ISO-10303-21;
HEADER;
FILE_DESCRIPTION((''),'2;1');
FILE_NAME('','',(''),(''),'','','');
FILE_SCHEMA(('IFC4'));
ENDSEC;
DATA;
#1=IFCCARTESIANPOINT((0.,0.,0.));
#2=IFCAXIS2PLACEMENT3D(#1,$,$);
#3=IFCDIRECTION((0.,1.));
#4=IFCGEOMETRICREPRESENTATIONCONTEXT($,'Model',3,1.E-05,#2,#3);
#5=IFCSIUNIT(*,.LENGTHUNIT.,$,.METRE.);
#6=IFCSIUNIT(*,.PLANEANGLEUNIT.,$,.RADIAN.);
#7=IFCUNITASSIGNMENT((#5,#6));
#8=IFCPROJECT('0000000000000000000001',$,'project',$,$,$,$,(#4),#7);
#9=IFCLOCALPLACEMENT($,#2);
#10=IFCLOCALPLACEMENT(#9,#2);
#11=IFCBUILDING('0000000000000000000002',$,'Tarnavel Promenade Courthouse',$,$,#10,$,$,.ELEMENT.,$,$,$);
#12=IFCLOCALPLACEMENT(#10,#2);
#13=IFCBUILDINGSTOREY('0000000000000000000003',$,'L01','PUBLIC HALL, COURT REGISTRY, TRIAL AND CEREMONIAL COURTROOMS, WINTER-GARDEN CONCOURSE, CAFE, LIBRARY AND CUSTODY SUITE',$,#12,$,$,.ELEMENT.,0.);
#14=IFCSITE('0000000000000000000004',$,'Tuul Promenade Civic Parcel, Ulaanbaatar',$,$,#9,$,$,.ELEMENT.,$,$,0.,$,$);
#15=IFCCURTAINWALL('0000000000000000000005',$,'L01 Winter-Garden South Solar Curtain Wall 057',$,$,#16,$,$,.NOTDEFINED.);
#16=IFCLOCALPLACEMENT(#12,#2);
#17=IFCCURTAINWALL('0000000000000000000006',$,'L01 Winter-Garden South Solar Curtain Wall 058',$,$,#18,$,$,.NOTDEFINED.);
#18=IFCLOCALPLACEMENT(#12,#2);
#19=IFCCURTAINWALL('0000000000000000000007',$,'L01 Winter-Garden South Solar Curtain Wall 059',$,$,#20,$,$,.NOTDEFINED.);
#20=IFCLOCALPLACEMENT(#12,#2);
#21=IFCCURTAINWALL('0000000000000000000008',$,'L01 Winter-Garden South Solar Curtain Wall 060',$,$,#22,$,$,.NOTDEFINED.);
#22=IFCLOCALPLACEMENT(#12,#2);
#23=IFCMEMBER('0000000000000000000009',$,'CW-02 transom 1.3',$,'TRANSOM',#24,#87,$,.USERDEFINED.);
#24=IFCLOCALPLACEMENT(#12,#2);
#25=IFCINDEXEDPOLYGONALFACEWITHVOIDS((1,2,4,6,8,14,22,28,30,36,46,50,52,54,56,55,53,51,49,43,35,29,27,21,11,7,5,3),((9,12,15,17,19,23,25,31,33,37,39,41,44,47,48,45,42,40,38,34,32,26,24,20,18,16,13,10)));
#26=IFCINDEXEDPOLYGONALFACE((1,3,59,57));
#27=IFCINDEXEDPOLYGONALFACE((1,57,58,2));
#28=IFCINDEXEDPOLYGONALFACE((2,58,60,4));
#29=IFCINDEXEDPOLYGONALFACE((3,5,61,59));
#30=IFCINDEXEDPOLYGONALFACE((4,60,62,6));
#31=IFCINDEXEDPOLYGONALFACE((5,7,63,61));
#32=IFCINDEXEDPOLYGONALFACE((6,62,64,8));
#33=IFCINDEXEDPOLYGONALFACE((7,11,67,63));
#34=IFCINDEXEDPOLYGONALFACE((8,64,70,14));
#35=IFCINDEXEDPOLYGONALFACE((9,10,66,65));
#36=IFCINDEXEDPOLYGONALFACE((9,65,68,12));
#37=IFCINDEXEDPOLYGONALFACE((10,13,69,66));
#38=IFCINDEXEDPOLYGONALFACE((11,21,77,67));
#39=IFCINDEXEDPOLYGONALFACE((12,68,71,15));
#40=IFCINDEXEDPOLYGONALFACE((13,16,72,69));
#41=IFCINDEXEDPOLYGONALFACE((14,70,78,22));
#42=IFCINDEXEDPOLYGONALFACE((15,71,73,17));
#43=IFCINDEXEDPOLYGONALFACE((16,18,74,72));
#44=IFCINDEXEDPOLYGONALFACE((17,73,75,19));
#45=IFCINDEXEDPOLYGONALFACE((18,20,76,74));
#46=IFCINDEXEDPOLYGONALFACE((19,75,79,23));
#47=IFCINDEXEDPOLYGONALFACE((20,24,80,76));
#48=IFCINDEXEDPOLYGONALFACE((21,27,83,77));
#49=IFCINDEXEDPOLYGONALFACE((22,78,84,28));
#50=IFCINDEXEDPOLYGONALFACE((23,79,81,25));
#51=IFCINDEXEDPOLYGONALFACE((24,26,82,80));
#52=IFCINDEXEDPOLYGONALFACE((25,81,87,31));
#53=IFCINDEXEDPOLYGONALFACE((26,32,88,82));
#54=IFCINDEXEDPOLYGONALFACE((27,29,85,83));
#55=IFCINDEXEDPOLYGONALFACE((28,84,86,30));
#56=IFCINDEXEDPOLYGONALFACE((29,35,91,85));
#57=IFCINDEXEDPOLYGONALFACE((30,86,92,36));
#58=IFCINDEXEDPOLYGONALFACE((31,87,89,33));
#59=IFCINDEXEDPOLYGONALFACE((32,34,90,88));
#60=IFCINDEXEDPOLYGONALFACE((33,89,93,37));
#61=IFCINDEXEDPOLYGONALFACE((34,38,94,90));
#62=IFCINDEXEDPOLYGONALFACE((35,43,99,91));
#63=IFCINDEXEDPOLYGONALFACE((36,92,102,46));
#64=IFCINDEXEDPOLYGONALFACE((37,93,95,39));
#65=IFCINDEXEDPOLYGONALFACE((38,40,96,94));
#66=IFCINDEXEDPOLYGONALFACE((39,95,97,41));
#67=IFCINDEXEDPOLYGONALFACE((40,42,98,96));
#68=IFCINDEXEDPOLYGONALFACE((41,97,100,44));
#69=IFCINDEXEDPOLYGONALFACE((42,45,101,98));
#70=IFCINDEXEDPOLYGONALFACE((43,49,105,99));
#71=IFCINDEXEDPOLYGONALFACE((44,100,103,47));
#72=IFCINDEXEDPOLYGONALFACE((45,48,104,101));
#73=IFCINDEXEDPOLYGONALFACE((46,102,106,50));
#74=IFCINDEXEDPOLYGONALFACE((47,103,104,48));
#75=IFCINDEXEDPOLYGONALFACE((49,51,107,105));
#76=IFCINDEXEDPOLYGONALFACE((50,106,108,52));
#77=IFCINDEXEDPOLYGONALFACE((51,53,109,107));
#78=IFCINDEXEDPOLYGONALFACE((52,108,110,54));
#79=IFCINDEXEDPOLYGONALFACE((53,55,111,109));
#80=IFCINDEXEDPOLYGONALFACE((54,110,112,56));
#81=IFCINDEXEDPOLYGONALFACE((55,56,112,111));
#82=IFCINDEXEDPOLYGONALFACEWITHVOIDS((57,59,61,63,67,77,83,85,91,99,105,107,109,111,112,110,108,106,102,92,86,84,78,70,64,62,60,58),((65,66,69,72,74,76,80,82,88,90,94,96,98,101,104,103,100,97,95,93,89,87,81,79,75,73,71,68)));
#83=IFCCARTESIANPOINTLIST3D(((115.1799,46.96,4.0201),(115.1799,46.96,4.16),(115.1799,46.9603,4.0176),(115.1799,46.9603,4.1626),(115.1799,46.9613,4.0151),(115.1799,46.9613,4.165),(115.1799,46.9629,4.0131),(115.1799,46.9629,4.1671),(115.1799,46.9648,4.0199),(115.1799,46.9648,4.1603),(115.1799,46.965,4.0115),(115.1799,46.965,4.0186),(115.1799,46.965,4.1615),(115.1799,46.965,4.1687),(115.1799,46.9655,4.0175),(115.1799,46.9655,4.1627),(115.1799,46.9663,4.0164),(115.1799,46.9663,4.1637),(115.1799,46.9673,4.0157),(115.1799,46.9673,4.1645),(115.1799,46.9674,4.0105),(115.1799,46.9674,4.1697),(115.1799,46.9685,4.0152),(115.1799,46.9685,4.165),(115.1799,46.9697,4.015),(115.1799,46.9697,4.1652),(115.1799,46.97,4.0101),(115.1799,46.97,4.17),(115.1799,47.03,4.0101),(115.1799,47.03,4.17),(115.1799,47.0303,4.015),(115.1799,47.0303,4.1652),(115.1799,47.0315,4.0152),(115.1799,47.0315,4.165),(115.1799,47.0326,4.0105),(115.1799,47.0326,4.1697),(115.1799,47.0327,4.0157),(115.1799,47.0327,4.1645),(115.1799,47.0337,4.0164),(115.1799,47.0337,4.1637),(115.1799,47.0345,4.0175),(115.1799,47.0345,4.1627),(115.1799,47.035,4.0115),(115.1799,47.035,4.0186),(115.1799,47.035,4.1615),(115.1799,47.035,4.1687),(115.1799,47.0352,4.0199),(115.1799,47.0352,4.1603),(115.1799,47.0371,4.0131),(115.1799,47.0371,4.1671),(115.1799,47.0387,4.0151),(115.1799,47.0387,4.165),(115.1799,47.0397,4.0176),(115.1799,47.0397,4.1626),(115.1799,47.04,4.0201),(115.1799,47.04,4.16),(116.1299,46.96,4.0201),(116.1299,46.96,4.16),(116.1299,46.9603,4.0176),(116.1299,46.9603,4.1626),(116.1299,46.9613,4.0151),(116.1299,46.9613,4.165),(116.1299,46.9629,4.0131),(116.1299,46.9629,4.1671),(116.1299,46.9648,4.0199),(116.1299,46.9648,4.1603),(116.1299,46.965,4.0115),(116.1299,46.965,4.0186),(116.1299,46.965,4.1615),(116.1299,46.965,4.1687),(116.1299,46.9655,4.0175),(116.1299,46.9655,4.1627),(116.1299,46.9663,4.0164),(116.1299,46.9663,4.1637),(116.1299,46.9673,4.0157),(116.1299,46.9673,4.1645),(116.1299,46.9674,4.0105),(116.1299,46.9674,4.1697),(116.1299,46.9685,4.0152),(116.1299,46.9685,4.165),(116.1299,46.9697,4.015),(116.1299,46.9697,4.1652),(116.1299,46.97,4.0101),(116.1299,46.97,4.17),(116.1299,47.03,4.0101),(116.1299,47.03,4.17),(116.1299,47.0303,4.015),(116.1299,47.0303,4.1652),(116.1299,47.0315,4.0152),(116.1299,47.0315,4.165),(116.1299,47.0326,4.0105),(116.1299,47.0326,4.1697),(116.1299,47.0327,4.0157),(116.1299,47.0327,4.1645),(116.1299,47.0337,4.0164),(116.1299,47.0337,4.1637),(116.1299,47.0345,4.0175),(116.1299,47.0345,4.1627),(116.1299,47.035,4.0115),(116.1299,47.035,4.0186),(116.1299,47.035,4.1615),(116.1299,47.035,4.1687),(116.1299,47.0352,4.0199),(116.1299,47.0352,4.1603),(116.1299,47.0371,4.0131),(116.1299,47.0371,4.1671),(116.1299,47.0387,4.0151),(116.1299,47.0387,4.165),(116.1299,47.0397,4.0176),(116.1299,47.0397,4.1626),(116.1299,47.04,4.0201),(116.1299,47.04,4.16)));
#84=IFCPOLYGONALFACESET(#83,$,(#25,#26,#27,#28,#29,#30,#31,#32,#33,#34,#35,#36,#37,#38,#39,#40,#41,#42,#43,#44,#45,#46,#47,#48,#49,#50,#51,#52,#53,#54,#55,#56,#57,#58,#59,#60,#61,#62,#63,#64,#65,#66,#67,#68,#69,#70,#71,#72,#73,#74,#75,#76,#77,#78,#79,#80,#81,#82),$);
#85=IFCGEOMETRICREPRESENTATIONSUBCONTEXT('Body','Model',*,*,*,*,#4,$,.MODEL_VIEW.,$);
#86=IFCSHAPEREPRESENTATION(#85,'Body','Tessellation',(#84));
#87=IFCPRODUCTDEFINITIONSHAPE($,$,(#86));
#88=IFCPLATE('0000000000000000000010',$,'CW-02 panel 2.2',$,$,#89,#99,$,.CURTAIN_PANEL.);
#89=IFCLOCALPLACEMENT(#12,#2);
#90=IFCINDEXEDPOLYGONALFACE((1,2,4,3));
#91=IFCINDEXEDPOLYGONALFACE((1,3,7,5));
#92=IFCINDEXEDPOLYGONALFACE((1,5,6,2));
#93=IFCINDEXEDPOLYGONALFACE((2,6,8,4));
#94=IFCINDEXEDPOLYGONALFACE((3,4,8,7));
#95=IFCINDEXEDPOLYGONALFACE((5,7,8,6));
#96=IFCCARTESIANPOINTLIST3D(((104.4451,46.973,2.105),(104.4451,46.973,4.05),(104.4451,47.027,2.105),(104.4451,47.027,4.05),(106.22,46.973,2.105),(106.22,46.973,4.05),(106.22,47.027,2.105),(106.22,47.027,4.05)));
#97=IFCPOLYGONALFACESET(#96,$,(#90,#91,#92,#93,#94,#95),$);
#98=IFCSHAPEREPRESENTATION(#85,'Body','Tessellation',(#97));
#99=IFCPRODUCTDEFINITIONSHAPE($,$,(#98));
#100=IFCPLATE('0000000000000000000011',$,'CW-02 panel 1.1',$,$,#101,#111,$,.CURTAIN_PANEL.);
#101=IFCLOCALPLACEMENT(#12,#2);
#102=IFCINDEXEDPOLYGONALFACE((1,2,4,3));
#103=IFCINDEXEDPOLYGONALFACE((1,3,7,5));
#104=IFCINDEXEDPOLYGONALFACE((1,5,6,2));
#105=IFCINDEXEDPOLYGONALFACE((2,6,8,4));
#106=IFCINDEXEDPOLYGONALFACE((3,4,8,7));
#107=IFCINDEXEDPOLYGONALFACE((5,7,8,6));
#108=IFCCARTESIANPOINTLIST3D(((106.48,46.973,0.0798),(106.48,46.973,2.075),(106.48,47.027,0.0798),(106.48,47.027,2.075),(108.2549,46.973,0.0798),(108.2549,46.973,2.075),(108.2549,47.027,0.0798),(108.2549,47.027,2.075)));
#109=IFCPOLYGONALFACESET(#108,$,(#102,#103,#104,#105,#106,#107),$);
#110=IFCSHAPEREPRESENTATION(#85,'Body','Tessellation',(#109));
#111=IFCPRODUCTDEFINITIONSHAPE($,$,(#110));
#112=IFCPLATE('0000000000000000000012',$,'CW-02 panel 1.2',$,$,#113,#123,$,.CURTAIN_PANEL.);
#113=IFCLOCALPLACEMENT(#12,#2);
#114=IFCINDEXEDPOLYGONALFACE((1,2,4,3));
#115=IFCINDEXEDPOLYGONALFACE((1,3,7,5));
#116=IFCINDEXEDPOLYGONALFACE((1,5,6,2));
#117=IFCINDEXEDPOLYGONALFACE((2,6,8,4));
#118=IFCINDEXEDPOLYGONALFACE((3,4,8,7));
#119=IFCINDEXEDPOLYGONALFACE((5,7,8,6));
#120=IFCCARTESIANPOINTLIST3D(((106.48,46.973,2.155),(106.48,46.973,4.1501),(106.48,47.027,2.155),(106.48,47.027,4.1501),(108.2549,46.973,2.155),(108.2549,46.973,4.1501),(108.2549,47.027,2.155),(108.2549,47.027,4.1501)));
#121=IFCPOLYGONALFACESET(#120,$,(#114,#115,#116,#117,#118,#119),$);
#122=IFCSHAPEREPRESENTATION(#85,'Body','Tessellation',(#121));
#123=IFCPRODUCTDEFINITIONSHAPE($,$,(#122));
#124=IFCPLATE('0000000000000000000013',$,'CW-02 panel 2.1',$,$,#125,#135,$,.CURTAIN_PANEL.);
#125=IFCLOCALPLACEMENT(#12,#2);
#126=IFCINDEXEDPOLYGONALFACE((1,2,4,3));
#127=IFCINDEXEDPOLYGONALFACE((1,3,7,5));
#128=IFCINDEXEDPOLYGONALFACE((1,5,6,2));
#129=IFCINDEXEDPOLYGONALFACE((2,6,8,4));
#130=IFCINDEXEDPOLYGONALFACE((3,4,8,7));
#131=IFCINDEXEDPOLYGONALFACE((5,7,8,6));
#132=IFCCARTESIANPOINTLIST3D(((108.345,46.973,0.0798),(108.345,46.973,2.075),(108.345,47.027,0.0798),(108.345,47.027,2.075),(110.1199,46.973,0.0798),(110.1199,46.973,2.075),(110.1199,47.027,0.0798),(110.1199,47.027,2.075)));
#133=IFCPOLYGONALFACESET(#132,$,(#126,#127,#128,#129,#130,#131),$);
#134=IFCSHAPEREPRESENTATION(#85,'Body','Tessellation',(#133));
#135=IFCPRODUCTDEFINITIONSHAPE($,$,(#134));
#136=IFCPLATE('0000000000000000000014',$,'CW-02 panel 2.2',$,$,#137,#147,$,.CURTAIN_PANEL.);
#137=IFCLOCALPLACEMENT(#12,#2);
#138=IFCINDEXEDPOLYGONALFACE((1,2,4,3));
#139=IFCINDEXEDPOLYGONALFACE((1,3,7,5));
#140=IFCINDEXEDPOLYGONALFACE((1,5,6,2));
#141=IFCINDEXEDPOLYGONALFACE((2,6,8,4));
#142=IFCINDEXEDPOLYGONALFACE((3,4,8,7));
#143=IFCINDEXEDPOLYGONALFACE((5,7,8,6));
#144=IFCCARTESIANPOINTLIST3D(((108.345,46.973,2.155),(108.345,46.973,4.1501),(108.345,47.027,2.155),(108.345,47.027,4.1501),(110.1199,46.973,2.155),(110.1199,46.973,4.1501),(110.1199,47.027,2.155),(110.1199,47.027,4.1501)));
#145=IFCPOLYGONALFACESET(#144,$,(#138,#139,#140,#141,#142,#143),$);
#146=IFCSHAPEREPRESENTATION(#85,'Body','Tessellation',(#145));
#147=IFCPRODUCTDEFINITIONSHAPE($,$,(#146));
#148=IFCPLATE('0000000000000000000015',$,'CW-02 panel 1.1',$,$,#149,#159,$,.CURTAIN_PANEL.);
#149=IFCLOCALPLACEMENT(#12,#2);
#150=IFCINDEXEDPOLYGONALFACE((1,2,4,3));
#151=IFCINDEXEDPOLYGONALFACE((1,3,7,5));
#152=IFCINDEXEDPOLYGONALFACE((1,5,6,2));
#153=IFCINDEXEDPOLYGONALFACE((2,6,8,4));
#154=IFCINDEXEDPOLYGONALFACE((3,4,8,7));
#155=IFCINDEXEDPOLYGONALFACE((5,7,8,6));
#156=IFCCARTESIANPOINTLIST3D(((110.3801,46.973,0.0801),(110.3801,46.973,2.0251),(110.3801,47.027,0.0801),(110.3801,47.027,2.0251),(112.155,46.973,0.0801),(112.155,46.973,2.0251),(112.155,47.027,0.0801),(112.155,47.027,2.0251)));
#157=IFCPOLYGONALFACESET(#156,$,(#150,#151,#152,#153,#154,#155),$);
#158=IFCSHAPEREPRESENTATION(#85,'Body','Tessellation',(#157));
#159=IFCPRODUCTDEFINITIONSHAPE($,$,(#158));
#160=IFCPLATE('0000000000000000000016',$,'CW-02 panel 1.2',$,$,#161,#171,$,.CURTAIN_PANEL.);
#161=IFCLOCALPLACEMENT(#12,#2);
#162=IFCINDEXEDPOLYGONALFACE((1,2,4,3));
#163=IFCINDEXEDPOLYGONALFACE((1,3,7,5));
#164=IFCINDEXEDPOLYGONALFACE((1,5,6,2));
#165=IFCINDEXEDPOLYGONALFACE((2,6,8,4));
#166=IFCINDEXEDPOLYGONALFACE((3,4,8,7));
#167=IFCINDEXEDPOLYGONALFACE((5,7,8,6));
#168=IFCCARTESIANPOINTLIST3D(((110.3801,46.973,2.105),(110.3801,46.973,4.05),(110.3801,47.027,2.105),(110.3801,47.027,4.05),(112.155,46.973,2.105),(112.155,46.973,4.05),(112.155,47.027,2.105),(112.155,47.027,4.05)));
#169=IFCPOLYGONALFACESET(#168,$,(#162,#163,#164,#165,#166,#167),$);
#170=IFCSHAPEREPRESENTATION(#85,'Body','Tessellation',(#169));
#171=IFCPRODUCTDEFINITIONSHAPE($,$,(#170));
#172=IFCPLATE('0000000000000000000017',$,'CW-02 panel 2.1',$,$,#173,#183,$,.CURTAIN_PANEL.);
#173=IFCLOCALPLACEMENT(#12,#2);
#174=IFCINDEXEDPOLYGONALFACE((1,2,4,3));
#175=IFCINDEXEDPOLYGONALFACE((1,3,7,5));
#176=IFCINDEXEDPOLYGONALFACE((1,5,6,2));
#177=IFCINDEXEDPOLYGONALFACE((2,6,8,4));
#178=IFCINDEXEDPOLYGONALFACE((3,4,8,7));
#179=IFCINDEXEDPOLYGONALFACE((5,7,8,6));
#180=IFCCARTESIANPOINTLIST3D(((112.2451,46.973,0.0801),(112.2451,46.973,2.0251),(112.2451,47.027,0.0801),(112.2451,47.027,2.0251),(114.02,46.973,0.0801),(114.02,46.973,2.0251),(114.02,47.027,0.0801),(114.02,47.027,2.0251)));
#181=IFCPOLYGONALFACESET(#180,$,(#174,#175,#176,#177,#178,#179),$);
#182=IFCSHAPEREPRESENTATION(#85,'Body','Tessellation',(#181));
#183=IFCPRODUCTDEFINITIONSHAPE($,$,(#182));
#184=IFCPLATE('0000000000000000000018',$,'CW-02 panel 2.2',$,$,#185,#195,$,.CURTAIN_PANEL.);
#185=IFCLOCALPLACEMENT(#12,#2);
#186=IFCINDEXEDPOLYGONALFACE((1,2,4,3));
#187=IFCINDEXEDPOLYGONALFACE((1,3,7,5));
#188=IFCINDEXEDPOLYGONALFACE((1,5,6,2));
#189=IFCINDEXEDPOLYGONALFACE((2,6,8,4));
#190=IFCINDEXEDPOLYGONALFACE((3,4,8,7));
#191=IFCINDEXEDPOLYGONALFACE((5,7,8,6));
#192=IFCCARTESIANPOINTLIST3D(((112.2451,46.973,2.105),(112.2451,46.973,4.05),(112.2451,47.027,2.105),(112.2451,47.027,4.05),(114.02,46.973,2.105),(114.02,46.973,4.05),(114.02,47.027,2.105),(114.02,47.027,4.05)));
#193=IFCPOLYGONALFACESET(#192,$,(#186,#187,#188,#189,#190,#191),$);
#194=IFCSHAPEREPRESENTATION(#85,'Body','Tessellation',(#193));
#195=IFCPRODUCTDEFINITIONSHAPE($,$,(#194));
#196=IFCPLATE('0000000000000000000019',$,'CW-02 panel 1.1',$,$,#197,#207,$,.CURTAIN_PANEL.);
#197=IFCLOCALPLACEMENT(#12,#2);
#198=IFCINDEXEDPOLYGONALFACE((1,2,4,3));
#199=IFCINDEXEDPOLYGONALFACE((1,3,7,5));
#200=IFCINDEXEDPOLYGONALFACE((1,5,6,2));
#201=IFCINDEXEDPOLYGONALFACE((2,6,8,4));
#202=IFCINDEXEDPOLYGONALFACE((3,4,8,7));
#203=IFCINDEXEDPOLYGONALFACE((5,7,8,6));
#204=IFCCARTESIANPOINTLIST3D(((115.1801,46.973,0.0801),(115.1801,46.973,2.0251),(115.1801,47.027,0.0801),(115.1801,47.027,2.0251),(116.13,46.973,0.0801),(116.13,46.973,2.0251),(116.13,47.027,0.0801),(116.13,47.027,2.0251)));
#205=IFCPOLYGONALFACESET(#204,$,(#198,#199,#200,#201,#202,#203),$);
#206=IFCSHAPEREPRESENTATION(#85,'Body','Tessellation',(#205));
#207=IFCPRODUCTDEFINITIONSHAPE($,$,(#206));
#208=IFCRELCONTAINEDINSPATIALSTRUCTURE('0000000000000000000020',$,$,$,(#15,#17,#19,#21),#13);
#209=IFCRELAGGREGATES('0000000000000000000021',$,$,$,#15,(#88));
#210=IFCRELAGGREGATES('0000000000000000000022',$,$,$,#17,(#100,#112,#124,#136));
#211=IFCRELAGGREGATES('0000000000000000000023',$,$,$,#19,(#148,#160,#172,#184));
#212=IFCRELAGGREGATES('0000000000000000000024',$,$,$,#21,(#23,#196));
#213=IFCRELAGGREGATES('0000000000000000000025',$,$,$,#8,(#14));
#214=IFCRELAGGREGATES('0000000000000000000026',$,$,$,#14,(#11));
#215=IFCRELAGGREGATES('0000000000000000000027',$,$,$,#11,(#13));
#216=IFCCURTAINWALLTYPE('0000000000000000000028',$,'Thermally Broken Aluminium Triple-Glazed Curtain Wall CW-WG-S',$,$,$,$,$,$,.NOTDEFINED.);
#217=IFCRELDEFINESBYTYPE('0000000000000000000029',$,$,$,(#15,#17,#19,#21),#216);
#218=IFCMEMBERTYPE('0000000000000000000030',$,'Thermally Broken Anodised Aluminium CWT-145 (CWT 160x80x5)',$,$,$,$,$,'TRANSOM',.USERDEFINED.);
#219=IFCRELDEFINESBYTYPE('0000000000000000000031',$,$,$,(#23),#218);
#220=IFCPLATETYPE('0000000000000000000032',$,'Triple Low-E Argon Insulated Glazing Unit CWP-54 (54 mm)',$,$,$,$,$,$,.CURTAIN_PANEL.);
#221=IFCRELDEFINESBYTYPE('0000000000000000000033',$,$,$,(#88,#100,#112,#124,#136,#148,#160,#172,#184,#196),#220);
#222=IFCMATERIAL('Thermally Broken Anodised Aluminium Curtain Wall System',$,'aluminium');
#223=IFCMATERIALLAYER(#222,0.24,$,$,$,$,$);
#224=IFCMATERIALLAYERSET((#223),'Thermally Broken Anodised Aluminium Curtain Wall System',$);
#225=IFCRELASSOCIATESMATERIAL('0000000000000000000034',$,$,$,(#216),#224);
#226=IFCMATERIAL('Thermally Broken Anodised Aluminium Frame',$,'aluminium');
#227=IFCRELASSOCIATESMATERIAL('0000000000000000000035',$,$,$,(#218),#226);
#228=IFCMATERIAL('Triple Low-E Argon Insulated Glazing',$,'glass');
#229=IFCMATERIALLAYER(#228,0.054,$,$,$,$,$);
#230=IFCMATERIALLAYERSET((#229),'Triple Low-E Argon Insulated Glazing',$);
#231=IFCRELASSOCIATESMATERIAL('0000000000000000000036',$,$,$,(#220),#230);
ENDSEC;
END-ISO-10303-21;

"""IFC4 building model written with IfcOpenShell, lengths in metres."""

from ifc_helpers import new_model, si_unit, direction, frame, origin, origin_2d, place, context, subcontext, project, spatial, rectangle, hollow_rectangle, extrude, material, layer, layer_set, material_profile, profile_set, type_object, element, aggregate, save


model = new_model("IFC4")

# Units and contexts
model_context = context("Model", 3, precision=1e-05, world=origin(), true_north=direction((0.0, 1.0)))
body_context = subcontext(model_context, "Body", "Model", "MODEL_VIEW")
ifc_project = project(units=[si_unit("LENGTHUNIT", "METRE"), si_unit("PLANEANGLEUNIT", "RADIAN")], contexts=[model_context])

# Site, building, storey
site_placement = place(None, origin())
site = spatial("IfcSite", under=ifc_project, at=site_placement, Name="Tuul Promenade Civic Parcel, Ulaanbaatar", CompositionType="ELEMENT", RefElevation=0.0)
building_placement = place(site_placement, origin())
building = spatial("IfcBuilding", under=site, at=building_placement, Name="Tarnavel Promenade Courthouse", CompositionType="ELEMENT")
storey_placement = place(building_placement, origin())
storey = spatial("IfcBuildingStorey", under=building, at=storey_placement, Name="L01", Description="PUBLIC HALL, COURT REGISTRY, TRIAL AND CEREMONIAL COURTROOMS, WINTER-GARDEN CONCOURSE, CAFE, LIBRARY AND CUSTODY SUITE", CompositionType="ELEMENT", Elevation=0.0)

# Curtain wall
ifc_material_1 = material(Name="Thermally Broken Anodised Aluminium Curtain Wall System", Category="aluminium")
ifc_layer_1 = layer(ifc_material_1, 0.24)
ifc_layer_set_1 = layer_set([ifc_layer_1], Name="Thermally Broken Anodised Aluminium Curtain Wall System")
curtain_wall_type = type_object("IfcCurtainWallType", Name="Thermally Broken Aluminium Triple-Glazed Curtain Wall CW-WG-S", PredefinedType="NOTDEFINED", material=ifc_layer_set_1)
curtain_wall_1_placement = place(storey_placement, origin())
curtain_wall_1 = element("IfcCurtainWall", 1, at=curtain_wall_1_placement, inside=storey, type_object=curtain_wall_type, Name="L01 Winter-Garden South Solar Curtain Wall 057", PredefinedType="NOTDEFINED")
ifc_material_2 = material(Name="Thermally Broken Anodised Aluminium Frame", Category="aluminium")

# Curtain walls
curtain_wall_2_placement = place(storey_placement, origin())
curtain_wall_2 = element("IfcCurtainWall", 2, at=curtain_wall_2_placement, inside=storey, type_object=curtain_wall_type, Name="L01 Winter-Garden South Solar Curtain Wall 058", PredefinedType="NOTDEFINED")
curtain_wall_3_placement = place(storey_placement, origin())
curtain_wall_3 = element("IfcCurtainWall", 3, at=curtain_wall_3_placement, inside=storey, type_object=curtain_wall_type, Name="L01 Winter-Garden South Solar Curtain Wall 059", PredefinedType="NOTDEFINED")

# Curtain wall
curtain_wall_4_placement = place(storey_placement, origin())
curtain_wall_4 = element("IfcCurtainWall", 4, at=curtain_wall_4_placement, inside=storey, type_object=curtain_wall_type, Name="L01 Winter-Garden South Solar Curtain Wall 060", PredefinedType="NOTDEFINED")

# Member
ifc_material_profile_1 = material_profile(ifc_material_2, hollow_rectangle(XDim=0.0801, YDim=0.1599, WallThickness=0.0049, InnerFilletRadius=0.0049, OuterFilletRadius=0.01, at=origin_2d()), Name="CWT 160x80x5")
ifc_profile_set_1 = profile_set([ifc_material_profile_1], Name="Thermally Broken Anodised Aluminium Frame")
member_type_1 = type_object("IfcMemberType", Name="Thermally Broken Anodised Aluminium CWT-145 (CWT 160x80x5)", ElementType="TRANSOM", PredefinedType="USERDEFINED", material=ifc_profile_set_1)
member_1_placement = place(storey_placement, frame((115.1799, 47.0, 4.0901), z_axis=(1.0, 0.0, 0.0), x_axis=(0.0, 1.0, 0.0)))
member_1 = element("IfcMember", 5, at=member_1_placement, type_object=member_type_1, Name="CW-02 transom 1.3", ObjectType="TRANSOM", PredefinedType="USERDEFINED", context=body_context, shape_type="SweptSolid", body=[
    extrude(hollow_rectangle(XDim=0.0801, YDim=0.1599, WallThickness=0.0049, InnerFilletRadius=0.0049, OuterFilletRadius=0.01, at=origin_2d()), origin(), (0.0, 0.0, 1.0), 0.95),
])

# Plates
ifc_material_3 = material(Name="Triple Low-E Argon Insulated Glazing", Category="glass")
ifc_layer_2 = layer(ifc_material_3, 0.054)
ifc_layer_set_2 = layer_set([ifc_layer_2], Name="Triple Low-E Argon Insulated Glazing")
plate_type = type_object("IfcPlateType", Name="Triple Low-E Argon Insulated Glazing Unit CWP-54 (54 mm)", PredefinedType="CURTAIN_PANEL", material=ifc_layer_set_2)
plate_1_placement = place(storey_placement, frame((105.3325, 47.0, 2.105), z_axis=(0.0, 0.0, 1.0), x_axis=(1.0, 0.0, 0.0)))
plate_1 = element("IfcPlate", 6, at=plate_1_placement, type_object=plate_type, Name="CW-02 panel 2.2", PredefinedType="CURTAIN_PANEL", context=body_context, shape_type="SweptSolid", body=[
    extrude(rectangle(XDim=1.7749, YDim=0.054, at=origin_2d()), origin(), (0.0, 0.0, 1.0), 1.9451),
])
aggregate(curtain_wall_1, [plate_1])
plate_2_placement = place(storey_placement, frame((107.3674, 47.0, 0.0798), z_axis=(0.0, 0.0, 1.0), x_axis=(1.0, 0.0, 0.0)))
plate_2 = element("IfcPlate", 7, at=plate_2_placement, type_object=plate_type, Name="CW-02 panel 1.1", PredefinedType="CURTAIN_PANEL", context=body_context, shape_type="SweptSolid", body=[
    extrude(rectangle(XDim=1.7749, YDim=0.054, at=origin_2d()), origin(), (0.0, 0.0, 1.0), 1.9951),
])
plate_3_placement = place(storey_placement, frame((107.3674, 47.0, 2.155), z_axis=(0.0, 0.0, 1.0), x_axis=(1.0, 0.0, 0.0)))
plate_3 = element("IfcPlate", 8, at=plate_3_placement, type_object=plate_type, Name="CW-02 panel 1.2", PredefinedType="CURTAIN_PANEL", context=body_context, shape_type="SweptSolid", body=[
    extrude(rectangle(XDim=1.7749, YDim=0.054, at=origin_2d()), origin(), (0.0, 0.0, 1.0), 1.9951),
])
plate_4_placement = place(storey_placement, frame((109.2324, 47.0, 0.0798), z_axis=(0.0, 0.0, 1.0), x_axis=(1.0, 0.0, 0.0)))
plate_4 = element("IfcPlate", 9, at=plate_4_placement, type_object=plate_type, Name="CW-02 panel 2.1", PredefinedType="CURTAIN_PANEL", context=body_context, shape_type="SweptSolid", body=[
    extrude(rectangle(XDim=1.7749, YDim=0.054, at=origin_2d()), origin(), (0.0, 0.0, 1.0), 1.9951),
])
plate_5_placement = place(storey_placement, frame((109.2324, 47.0, 2.155), z_axis=(0.0, 0.0, 1.0), x_axis=(1.0, 0.0, 0.0)))
plate_5 = element("IfcPlate", 10, at=plate_5_placement, type_object=plate_type, Name="CW-02 panel 2.2", PredefinedType="CURTAIN_PANEL", context=body_context, shape_type="SweptSolid", body=[
    extrude(rectangle(XDim=1.7749, YDim=0.054, at=origin_2d()), origin(), (0.0, 0.0, 1.0), 1.9951),
])
aggregate(curtain_wall_2, [plate_2, plate_3, plate_4, plate_5])
plate_6_placement = place(storey_placement, frame((111.2676, 47.0, 0.0801), z_axis=(0.0, 0.0, 1.0), x_axis=(1.0, 0.0, 0.0)))
plate_6 = element("IfcPlate", 11, at=plate_6_placement, type_object=plate_type, Name="CW-02 panel 1.1", PredefinedType="CURTAIN_PANEL", context=body_context, shape_type="SweptSolid", body=[
    extrude(rectangle(XDim=1.7749, YDim=0.054, at=origin_2d()), origin(), (0.0, 0.0, 1.0), 1.9451),
])
plate_7_placement = place(storey_placement, frame((111.2676, 47.0, 2.105), z_axis=(0.0, 0.0, 1.0), x_axis=(1.0, 0.0, 0.0)))
plate_7 = element("IfcPlate", 12, at=plate_7_placement, type_object=plate_type, Name="CW-02 panel 1.2", PredefinedType="CURTAIN_PANEL", context=body_context, shape_type="SweptSolid", body=[
    extrude(rectangle(XDim=1.7749, YDim=0.054, at=origin_2d()), origin(), (0.0, 0.0, 1.0), 1.9451),
])
plate_8_placement = place(storey_placement, frame((113.1326, 47.0, 0.0801), z_axis=(0.0, 0.0, 1.0), x_axis=(1.0, 0.0, 0.0)))
plate_8 = element("IfcPlate", 13, at=plate_8_placement, type_object=plate_type, Name="CW-02 panel 2.1", PredefinedType="CURTAIN_PANEL", context=body_context, shape_type="SweptSolid", body=[
    extrude(rectangle(XDim=1.7749, YDim=0.054, at=origin_2d()), origin(), (0.0, 0.0, 1.0), 1.9451),
])
plate_9_placement = place(storey_placement, frame((113.1326, 47.0, 2.105), z_axis=(0.0, 0.0, 1.0), x_axis=(1.0, 0.0, 0.0)))
plate_9 = element("IfcPlate", 14, at=plate_9_placement, type_object=plate_type, Name="CW-02 panel 2.2", PredefinedType="CURTAIN_PANEL", context=body_context, shape_type="SweptSolid", body=[
    extrude(rectangle(XDim=1.7749, YDim=0.054, at=origin_2d()), origin(), (0.0, 0.0, 1.0), 1.9451),
])
aggregate(curtain_wall_3, [plate_6, plate_7, plate_8, plate_9])
plate_10_placement = place(storey_placement, frame((115.655, 47.0, 0.0801), z_axis=(0.0, 0.0, 1.0), x_axis=(1.0, 0.0, 0.0)))
plate_10 = element("IfcPlate", 15, at=plate_10_placement, type_object=plate_type, Name="CW-02 panel 1.1", PredefinedType="CURTAIN_PANEL", context=body_context, shape_type="SweptSolid", body=[
    extrude(rectangle(XDim=0.95, YDim=0.054, at=origin_2d()), origin(), (0.0, 0.0, 1.0), 1.9451),
])
aggregate(curtain_wall_4, [member_1, plate_10])

save(model, "model.ifc")
